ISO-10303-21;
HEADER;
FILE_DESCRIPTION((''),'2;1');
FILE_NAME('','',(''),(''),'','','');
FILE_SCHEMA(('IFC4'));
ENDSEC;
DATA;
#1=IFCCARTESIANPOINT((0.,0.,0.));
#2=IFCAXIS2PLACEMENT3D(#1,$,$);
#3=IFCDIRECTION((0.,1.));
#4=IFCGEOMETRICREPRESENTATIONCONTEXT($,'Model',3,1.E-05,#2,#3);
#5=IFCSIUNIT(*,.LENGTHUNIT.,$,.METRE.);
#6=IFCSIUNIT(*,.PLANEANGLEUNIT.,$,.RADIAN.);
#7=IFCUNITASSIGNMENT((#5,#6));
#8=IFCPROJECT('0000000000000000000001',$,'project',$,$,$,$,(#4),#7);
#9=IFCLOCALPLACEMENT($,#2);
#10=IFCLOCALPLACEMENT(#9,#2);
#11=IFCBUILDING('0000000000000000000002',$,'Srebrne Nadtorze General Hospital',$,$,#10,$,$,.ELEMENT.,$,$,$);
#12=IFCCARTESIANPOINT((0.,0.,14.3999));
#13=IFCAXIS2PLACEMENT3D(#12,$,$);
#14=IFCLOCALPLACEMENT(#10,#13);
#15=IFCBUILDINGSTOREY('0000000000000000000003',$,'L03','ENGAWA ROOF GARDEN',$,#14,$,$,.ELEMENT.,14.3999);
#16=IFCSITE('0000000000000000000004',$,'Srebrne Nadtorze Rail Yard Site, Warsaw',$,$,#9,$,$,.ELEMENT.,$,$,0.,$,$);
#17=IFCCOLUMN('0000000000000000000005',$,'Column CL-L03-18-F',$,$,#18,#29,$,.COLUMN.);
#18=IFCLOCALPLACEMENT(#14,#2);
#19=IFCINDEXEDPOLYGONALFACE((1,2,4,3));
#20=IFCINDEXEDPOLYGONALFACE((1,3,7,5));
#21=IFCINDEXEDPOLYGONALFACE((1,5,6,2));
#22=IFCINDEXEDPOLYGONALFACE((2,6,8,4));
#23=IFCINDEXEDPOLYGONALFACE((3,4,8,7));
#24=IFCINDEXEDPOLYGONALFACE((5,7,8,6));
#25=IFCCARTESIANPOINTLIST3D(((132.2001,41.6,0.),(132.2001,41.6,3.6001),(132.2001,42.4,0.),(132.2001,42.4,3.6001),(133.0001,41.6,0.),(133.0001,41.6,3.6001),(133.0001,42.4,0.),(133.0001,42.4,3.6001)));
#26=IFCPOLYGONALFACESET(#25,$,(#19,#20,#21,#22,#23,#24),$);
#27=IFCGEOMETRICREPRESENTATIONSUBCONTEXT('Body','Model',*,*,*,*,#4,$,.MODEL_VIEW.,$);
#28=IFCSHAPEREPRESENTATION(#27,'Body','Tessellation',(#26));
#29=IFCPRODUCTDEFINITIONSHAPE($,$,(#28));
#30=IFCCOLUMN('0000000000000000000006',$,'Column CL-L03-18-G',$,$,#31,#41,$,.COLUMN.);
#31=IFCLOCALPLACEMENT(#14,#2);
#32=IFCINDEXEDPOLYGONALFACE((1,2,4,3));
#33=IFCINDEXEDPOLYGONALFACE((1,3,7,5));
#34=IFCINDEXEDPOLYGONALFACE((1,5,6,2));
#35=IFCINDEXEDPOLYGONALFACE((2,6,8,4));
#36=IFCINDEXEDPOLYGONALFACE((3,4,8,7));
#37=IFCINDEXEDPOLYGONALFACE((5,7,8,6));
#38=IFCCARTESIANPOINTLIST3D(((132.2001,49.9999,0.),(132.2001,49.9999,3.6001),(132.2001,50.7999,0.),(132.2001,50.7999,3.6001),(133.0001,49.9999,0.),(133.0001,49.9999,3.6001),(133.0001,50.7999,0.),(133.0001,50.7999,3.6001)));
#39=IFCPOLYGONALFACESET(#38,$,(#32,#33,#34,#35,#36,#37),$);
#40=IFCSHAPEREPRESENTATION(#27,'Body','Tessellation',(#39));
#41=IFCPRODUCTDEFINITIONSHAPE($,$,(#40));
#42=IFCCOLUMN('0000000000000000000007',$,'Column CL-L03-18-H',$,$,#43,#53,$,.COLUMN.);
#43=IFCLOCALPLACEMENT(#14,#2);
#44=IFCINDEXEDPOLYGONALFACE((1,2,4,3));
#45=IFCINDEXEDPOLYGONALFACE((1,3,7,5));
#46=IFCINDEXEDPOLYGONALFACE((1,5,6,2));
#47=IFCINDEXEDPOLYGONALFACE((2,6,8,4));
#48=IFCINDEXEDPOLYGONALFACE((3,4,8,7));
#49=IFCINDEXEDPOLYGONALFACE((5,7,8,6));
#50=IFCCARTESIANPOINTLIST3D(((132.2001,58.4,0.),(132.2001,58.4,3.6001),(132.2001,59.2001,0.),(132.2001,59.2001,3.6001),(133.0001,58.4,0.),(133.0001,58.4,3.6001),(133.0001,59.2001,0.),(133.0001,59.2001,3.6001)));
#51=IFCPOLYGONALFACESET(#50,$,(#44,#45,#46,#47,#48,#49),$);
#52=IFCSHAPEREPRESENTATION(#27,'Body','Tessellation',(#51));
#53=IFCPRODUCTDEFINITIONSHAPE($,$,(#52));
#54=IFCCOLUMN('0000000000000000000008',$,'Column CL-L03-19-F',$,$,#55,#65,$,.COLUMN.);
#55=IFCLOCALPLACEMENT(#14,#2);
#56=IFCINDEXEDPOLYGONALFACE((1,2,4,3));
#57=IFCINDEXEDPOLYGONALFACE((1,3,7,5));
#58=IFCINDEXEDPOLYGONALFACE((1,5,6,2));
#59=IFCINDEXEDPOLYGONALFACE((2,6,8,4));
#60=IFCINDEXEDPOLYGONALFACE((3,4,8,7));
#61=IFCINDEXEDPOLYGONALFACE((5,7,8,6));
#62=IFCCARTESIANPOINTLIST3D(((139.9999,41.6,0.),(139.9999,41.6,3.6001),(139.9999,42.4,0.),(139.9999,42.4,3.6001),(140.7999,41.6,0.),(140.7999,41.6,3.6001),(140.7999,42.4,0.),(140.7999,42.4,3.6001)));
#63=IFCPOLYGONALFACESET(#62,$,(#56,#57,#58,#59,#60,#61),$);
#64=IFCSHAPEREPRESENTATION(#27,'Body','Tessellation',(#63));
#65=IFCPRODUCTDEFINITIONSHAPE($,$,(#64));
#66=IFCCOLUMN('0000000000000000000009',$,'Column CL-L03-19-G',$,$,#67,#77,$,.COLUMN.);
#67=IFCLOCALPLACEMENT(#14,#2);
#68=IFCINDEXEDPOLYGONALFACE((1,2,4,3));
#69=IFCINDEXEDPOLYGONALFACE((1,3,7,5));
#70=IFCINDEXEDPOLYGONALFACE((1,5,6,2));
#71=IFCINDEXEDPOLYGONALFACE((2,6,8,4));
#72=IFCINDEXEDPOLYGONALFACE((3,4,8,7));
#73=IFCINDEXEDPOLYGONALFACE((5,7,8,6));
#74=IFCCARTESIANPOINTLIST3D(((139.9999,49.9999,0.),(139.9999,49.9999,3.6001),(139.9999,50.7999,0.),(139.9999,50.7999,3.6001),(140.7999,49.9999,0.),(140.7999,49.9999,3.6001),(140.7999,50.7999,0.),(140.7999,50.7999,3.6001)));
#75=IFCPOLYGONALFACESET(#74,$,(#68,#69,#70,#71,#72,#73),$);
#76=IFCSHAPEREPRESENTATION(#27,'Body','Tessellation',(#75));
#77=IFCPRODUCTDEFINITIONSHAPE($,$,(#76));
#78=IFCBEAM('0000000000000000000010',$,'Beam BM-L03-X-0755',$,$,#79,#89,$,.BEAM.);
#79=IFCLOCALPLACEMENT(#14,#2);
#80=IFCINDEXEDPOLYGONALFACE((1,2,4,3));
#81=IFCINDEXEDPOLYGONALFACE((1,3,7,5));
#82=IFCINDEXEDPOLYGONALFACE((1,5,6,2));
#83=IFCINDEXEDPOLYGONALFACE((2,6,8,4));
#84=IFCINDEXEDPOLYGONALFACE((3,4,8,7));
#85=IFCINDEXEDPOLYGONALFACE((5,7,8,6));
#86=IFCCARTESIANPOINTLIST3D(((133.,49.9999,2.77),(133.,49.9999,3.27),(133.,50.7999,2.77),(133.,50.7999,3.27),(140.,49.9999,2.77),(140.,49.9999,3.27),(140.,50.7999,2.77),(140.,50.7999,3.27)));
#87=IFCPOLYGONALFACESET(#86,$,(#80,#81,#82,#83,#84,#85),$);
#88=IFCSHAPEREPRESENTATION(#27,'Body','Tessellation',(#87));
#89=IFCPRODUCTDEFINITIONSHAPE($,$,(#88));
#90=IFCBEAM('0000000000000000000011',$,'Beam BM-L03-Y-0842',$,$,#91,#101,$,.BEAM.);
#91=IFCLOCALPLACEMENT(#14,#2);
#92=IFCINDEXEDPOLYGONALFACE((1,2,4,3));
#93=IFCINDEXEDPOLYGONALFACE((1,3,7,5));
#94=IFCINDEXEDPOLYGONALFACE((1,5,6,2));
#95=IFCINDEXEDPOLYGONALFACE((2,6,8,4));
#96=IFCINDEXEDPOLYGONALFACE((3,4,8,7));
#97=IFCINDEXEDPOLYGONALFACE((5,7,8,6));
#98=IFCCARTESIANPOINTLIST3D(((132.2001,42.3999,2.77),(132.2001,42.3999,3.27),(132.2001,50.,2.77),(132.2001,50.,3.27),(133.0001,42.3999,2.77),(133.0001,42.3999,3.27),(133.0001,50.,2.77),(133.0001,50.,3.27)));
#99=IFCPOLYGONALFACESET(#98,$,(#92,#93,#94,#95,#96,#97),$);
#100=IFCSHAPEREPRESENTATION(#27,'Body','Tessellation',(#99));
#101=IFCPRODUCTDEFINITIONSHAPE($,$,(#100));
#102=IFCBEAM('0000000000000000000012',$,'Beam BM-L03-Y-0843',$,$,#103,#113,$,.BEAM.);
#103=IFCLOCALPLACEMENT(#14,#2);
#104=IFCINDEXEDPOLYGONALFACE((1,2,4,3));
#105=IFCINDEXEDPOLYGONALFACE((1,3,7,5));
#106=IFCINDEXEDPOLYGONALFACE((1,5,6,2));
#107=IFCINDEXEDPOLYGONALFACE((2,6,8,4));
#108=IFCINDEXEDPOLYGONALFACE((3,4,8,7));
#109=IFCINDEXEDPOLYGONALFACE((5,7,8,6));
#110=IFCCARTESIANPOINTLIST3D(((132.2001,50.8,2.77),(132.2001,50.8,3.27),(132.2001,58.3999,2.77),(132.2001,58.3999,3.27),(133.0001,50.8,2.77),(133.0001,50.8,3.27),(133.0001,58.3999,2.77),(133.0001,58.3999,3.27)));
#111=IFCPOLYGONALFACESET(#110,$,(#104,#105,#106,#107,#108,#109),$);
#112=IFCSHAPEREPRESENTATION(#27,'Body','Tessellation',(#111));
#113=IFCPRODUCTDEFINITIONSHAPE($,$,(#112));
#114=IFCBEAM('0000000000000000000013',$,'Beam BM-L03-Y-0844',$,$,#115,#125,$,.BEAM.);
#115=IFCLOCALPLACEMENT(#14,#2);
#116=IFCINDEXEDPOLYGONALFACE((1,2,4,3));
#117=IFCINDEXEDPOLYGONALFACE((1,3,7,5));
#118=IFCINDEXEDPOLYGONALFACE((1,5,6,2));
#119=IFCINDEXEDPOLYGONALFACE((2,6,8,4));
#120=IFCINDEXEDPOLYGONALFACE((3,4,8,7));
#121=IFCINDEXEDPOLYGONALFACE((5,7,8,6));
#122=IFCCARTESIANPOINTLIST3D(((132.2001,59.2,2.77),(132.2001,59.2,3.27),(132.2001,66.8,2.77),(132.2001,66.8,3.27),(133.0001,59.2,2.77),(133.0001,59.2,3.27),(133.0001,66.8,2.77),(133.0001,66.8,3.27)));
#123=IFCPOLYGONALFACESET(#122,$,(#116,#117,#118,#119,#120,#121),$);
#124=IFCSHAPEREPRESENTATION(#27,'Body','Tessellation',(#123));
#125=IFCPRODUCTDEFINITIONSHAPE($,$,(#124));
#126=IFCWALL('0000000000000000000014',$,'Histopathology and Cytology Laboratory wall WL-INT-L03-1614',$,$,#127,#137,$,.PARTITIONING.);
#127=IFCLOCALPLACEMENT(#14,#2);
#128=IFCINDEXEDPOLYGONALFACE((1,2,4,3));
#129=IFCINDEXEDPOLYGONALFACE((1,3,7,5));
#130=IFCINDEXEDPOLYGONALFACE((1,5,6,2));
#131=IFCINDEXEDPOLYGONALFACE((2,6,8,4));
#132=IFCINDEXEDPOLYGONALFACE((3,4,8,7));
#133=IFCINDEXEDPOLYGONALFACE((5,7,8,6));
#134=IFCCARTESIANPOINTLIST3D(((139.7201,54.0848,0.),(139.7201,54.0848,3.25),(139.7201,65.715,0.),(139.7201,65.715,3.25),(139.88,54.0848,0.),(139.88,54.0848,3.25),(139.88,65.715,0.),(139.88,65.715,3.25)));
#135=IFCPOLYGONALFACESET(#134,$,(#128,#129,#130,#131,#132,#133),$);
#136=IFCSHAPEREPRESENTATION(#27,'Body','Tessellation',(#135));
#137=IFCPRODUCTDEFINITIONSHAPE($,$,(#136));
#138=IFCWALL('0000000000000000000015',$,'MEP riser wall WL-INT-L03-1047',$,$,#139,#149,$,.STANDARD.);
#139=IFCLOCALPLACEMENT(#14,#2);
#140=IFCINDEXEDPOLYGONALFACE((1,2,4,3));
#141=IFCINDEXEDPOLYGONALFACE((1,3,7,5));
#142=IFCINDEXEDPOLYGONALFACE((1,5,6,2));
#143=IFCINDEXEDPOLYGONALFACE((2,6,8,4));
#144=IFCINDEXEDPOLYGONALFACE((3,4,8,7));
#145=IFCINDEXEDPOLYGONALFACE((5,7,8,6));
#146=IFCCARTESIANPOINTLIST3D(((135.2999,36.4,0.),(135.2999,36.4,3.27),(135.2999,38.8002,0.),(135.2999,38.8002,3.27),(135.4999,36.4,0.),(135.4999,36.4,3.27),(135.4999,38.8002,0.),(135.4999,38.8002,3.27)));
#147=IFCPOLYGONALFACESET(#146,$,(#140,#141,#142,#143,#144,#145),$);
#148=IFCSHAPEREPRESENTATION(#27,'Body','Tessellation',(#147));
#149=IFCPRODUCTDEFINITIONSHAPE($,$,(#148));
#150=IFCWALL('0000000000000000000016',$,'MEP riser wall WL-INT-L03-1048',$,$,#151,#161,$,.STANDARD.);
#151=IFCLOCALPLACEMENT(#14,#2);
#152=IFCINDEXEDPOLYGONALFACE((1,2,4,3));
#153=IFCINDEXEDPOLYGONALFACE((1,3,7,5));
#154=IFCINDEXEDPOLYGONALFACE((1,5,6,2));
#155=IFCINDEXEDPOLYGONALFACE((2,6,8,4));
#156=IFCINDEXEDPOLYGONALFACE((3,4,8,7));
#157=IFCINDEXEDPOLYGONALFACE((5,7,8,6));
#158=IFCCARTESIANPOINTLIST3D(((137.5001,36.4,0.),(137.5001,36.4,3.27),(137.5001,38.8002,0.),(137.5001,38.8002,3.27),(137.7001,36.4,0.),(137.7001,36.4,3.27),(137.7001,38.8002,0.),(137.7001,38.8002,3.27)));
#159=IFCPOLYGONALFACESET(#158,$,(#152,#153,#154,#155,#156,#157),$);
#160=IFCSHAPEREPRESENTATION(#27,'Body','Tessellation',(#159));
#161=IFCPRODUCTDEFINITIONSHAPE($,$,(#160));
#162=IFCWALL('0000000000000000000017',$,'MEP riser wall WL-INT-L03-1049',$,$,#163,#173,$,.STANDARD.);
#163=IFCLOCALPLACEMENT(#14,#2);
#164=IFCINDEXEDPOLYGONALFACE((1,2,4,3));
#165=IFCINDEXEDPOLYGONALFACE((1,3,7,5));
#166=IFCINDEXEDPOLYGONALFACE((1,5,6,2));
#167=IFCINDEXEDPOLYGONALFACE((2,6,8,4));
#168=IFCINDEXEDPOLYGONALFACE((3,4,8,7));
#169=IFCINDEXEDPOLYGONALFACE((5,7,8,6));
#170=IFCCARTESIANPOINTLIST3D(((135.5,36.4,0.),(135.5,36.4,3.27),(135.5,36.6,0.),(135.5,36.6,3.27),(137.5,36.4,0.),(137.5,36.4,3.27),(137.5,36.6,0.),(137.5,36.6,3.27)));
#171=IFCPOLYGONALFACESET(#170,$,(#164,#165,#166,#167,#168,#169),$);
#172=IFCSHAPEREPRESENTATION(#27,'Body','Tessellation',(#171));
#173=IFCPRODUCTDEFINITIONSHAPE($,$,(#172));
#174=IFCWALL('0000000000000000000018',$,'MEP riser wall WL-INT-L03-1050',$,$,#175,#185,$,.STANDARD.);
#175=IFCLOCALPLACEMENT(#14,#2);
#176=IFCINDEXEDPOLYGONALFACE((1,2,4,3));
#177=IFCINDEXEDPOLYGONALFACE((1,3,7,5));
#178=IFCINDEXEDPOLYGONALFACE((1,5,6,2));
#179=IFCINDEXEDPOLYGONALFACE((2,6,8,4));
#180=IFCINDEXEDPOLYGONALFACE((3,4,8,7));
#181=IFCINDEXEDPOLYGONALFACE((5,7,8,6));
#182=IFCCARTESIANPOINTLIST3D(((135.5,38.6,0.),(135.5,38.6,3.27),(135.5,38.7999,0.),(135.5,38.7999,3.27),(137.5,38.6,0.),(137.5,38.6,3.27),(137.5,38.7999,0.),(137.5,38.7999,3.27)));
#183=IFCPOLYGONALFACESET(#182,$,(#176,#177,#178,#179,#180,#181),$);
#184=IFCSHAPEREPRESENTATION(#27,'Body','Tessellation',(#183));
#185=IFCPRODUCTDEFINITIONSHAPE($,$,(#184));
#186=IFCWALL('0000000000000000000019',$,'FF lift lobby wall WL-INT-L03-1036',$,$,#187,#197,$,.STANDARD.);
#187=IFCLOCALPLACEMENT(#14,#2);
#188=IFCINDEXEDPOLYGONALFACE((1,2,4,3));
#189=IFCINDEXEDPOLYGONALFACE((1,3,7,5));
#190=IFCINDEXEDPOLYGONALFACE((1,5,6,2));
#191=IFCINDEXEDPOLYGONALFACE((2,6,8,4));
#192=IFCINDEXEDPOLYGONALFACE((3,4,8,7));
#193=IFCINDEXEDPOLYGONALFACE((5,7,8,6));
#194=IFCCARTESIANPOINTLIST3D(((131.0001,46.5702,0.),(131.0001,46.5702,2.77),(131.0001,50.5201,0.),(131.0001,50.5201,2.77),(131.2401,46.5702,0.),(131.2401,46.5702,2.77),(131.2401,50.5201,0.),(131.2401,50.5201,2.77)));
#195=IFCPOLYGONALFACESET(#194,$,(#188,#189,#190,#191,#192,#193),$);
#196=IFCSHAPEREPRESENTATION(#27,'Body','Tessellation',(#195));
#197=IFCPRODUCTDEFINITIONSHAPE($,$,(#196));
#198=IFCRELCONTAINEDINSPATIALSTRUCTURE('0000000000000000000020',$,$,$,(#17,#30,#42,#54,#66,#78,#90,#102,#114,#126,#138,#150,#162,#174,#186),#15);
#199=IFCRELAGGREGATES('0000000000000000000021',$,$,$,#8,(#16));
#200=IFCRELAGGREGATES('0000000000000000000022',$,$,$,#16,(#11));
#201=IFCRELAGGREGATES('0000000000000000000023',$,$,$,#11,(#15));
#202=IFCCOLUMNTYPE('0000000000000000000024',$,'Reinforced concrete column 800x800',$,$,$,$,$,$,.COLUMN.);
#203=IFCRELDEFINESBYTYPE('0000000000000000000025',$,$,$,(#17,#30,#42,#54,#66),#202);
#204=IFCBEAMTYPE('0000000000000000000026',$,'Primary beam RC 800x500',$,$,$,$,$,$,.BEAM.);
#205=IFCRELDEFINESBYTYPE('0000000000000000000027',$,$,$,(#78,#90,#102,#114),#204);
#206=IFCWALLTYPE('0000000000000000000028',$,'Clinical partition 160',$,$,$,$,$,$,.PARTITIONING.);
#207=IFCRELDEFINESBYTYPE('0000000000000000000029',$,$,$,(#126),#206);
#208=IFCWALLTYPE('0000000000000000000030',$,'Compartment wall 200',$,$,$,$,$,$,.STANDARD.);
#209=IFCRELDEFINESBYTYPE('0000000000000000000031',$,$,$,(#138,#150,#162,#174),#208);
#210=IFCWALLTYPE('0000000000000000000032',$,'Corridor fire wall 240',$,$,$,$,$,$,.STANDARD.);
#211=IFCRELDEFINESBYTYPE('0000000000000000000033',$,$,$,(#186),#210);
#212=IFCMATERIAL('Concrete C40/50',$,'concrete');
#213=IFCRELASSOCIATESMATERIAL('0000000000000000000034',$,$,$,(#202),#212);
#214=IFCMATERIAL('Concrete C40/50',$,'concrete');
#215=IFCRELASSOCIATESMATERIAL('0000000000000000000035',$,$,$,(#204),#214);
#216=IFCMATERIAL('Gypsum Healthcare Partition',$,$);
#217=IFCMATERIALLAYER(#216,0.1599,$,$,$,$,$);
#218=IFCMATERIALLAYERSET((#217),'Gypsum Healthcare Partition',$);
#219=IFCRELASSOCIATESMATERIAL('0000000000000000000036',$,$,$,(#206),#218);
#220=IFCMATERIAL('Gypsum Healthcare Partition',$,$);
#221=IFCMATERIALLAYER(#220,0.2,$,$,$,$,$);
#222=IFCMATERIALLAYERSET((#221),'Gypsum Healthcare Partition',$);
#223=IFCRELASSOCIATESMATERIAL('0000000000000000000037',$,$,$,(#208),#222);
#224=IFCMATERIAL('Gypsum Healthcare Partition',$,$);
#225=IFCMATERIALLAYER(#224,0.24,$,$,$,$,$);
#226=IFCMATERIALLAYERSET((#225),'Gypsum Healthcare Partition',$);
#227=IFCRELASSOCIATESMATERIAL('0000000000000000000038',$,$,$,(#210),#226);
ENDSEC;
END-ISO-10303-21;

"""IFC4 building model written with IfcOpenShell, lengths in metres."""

from ifc_helpers import new_model, si_unit, direction, frame, frame_2d, origin, origin_2d, place, context, subcontext, project, spatial, rectangle, extrude, material, layer, layer_set, material_profile, profile_set, type_object, element, save


model = new_model("IFC4")

# Units and contexts
model_context = context("Model", 3, precision=1e-05, world=origin(), true_north=direction((0.0, 1.0)))
body_context = subcontext(model_context, "Body", "Model", "MODEL_VIEW")
ifc_project = project(units=[si_unit("LENGTHUNIT", "METRE"), si_unit("PLANEANGLEUNIT", "RADIAN")], contexts=[model_context])

# Site, building, storey
site_placement = place(None, origin())
site = spatial("IfcSite", under=ifc_project, at=site_placement, Name="Srebrne Nadtorze Rail Yard Site, Warsaw", CompositionType="ELEMENT", RefElevation=0.0)
building_placement = place(site_placement, origin())
building = spatial("IfcBuilding", under=site, at=building_placement, Name="Srebrne Nadtorze General Hospital", CompositionType="ELEMENT")
storey_placement = place(building_placement, frame((0.0, 0.0, 14.3999)))
storey = spatial("IfcBuildingStorey", under=building, at=storey_placement, Name="L03", Description="ENGAWA ROOF GARDEN", CompositionType="ELEMENT", Elevation=14.3999)

# Columns
ifc_material_1 = material(Name="Concrete C40/50", Category="concrete")
ifc_material_profile_1 = material_profile(ifc_material_1, rectangle(XDim=0.8, YDim=0.8, at=origin_2d()), Name="RC-COL-800x800")
ifc_profile_set_1 = profile_set([ifc_material_profile_1], Name="Concrete C40/50")
column_type = type_object("IfcColumnType", Name="Reinforced concrete column 800x800", PredefinedType="COLUMN", material=ifc_profile_set_1)
for number, where, z_axis, x_axis, name in (
    (1, (132.6001, 42.0, 0.0), (0.0, 0.0, 1.0), (1.0, 0.0, 0.0), "Column CL-L03-18-F"),
    (2, (132.6001, 50.3999, 0.0), (0.0, 0.0, 1.0), (1.0, 0.0, 0.0), "Column CL-L03-18-G"),
    (3, (132.6001, 58.8, 0.0), (0.0, 0.0, 1.0), (1.0, 0.0, 0.0), "Column CL-L03-18-H"),
    (4, (140.3999, 42.0, 0.0), (0.0, 0.0, 1.0), (1.0, 0.0, 0.0), "Column CL-L03-19-F"),
    (5, (140.3999, 50.3999, 0.0), (0.0, 0.0, 1.0), (1.0, 0.0, 0.0), "Column CL-L03-19-G"),
):
    element("IfcColumn", number, at=place(storey_placement, frame(where, z_axis=z_axis, x_axis=x_axis)), inside=storey, type_object=column_type, Name=name, PredefinedType="COLUMN", context=body_context, shape_type="SweptSolid", body=[
        extrude(rectangle(XDim=0.8, YDim=0.8, at=origin_2d()), origin(), (0.0, 0.0, 1.0), 3.6001),
    ])

# Beams
ifc_material_2 = material(Name="Concrete C40/50", Category="concrete")
ifc_material_profile_2 = material_profile(ifc_material_2, rectangle(XDim=0.8, YDim=0.5, at=origin_2d()), Name="RC-BM-800x500")
ifc_profile_set_2 = profile_set([ifc_material_profile_2], Name="Concrete C40/50")
beam_type = type_object("IfcBeamType", Name="Primary beam RC 800x500", PredefinedType="BEAM", material=ifc_profile_set_2)
beam_1_placement = place(storey_placement, frame((133.0, 50.3999, 3.02), z_axis=(1.0, 0.0, 0.0), x_axis=(0.0, 1.0, 0.0)))
element("IfcBeam", 6, at=beam_1_placement, inside=storey, type_object=beam_type, Name="Beam BM-L03-X-0755", PredefinedType="BEAM", context=body_context, shape_type="SweptSolid", body=[
    extrude(rectangle(XDim=0.8, YDim=0.5, at=origin_2d()), origin(), (0.0, 0.0, 1.0), 7.0),
])
beam_2_placement = place(storey_placement, frame((132.6001, 42.3999, 3.02), z_axis=(0.0, 1.0, 0.0), x_axis=(-1.0, 0.0, 0.0)))
element("IfcBeam", 7, at=beam_2_placement, inside=storey, type_object=beam_type, Name="Beam BM-L03-Y-0842", PredefinedType="BEAM", context=body_context, shape_type="SweptSolid", body=[
    extrude(rectangle(XDim=0.8, YDim=0.5, at=origin_2d()), origin(), (0.0, 0.0, 1.0), 7.6001),
])
beam_3_placement = place(storey_placement, frame((132.6001, 50.8, 3.02), z_axis=(0.0, 1.0, 0.0), x_axis=(-1.0, 0.0, 0.0)))
element("IfcBeam", 8, at=beam_3_placement, inside=storey, type_object=beam_type, Name="Beam BM-L03-Y-0843", PredefinedType="BEAM", context=body_context, shape_type="SweptSolid", body=[
    extrude(rectangle(XDim=0.8, YDim=0.5, at=origin_2d()), origin(), (0.0, 0.0, 1.0), 7.5999),
])
beam_4_placement = place(storey_placement, frame((132.6001, 59.2, 3.02), z_axis=(0.0, 1.0, 0.0), x_axis=(-1.0, 0.0, 0.0)))
element("IfcBeam", 9, at=beam_4_placement, inside=storey, type_object=beam_type, Name="Beam BM-L03-Y-0844", PredefinedType="BEAM", context=body_context, shape_type="SweptSolid", body=[
    extrude(rectangle(XDim=0.8, YDim=0.5, at=origin_2d()), origin(), (0.0, 0.0, 1.0), 7.6001),
])

# Walls
ifc_material_3 = material(Name="Gypsum Healthcare Partition")
ifc_layer_1 = layer(ifc_material_3, 0.1599)
ifc_layer_set_1 = layer_set([ifc_layer_1], Name="Gypsum Healthcare Partition")
wall_type_1 = type_object("IfcWallType", Name="Clinical partition 160", PredefinedType="PARTITIONING", material=ifc_layer_set_1)
wall_1_placement = place(storey_placement, frame((139.8, 54.085, 0.0), z_axis=(0.0, 0.0, 1.0), x_axis=(0.0, 1.0, 0.0)))
element("IfcWall", 10, at=wall_1_placement, inside=storey, type_object=wall_type_1, Name="Histopathology and Cytology Laboratory wall WL-INT-L03-1614", PredefinedType="PARTITIONING", context=body_context, shape_type="SweptSolid", body=[
    extrude(rectangle(XDim=11.6301, YDim=0.1599, at=frame_2d((5.8149, 0.0))), origin(), (0.0, 0.0, 1.0), 3.25),
])
ifc_material_4 = material(Name="Gypsum Healthcare Partition")
ifc_layer_2 = layer(ifc_material_4, 0.2)
ifc_layer_set_2 = layer_set([ifc_layer_2], Name="Gypsum Healthcare Partition")
wall_type_2 = type_object("IfcWallType", Name="Compartment wall 200", PredefinedType="STANDARD", material=ifc_layer_set_2)
for number, where, z_axis, x_axis, name in (
    (11, (135.3999, 36.3999, 0.0), (0.0, 0.0, 1.0), (0.0, 1.0, 0.0), "MEP riser wall WL-INT-L03-1047"),
    (12, (137.6001, 36.3999, 0.0), (0.0, 0.0, 1.0), (0.0, 1.0, 0.0), "MEP riser wall WL-INT-L03-1048"),
):
    element("IfcWall", number, at=place(storey_placement, frame(where, z_axis=z_axis, x_axis=x_axis)), inside=storey, type_object=wall_type_2, Name=name, PredefinedType="STANDARD", context=body_context, shape_type="SweptSolid", body=[
        extrude(rectangle(XDim=2.4001, YDim=0.2, at=frame_2d((1.2002, 0.0))), origin(), (0.0, 0.0, 1.0), 3.27),
    ])
for number, where, z_axis, x_axis, name in (
    (13, (135.5, 36.5, 0.0), (0.0, 0.0, 1.0), (1.0, 0.0, 0.0), "MEP riser wall WL-INT-L03-1049"),
    (14, (135.5, 38.7, 0.0), (0.0, 0.0, 1.0), (1.0, 0.0, 0.0), "MEP riser wall WL-INT-L03-1050"),
):
    element("IfcWall", number, at=place(storey_placement, frame(where, z_axis=z_axis, x_axis=x_axis)), inside=storey, type_object=wall_type_2, Name=name, PredefinedType="STANDARD", context=body_context, shape_type="SweptSolid", body=[
        extrude(rectangle(XDim=2.0, YDim=0.2, at=frame_2d((1.0, 0.0))), origin(), (0.0, 0.0, 1.0), 3.27),
    ])
ifc_material_5 = material(Name="Gypsum Healthcare Partition")
ifc_layer_3 = layer(ifc_material_5, 0.24)
ifc_layer_set_3 = layer_set([ifc_layer_3], Name="Gypsum Healthcare Partition")
wall_type_3 = type_object("IfcWallType", Name="Corridor fire wall 240", PredefinedType="STANDARD", material=ifc_layer_set_3)
wall_2_placement = place(storey_placement, frame((131.1201, 46.5701, 0.0), z_axis=(0.0, 0.0, 1.0), x_axis=(0.0, 1.0, 0.0)))
element("IfcWall", 15, at=wall_2_placement, inside=storey, type_object=wall_type_3, Name="FF lift lobby wall WL-INT-L03-1036", PredefinedType="STANDARD", context=body_context, shape_type="SweptSolid", body=[
    extrude(rectangle(XDim=3.95, YDim=0.24, at=frame_2d((1.9751, 0.0))), origin(), (0.0, 0.0, 1.0), 2.77),
])

save(model, "model.ifc")
